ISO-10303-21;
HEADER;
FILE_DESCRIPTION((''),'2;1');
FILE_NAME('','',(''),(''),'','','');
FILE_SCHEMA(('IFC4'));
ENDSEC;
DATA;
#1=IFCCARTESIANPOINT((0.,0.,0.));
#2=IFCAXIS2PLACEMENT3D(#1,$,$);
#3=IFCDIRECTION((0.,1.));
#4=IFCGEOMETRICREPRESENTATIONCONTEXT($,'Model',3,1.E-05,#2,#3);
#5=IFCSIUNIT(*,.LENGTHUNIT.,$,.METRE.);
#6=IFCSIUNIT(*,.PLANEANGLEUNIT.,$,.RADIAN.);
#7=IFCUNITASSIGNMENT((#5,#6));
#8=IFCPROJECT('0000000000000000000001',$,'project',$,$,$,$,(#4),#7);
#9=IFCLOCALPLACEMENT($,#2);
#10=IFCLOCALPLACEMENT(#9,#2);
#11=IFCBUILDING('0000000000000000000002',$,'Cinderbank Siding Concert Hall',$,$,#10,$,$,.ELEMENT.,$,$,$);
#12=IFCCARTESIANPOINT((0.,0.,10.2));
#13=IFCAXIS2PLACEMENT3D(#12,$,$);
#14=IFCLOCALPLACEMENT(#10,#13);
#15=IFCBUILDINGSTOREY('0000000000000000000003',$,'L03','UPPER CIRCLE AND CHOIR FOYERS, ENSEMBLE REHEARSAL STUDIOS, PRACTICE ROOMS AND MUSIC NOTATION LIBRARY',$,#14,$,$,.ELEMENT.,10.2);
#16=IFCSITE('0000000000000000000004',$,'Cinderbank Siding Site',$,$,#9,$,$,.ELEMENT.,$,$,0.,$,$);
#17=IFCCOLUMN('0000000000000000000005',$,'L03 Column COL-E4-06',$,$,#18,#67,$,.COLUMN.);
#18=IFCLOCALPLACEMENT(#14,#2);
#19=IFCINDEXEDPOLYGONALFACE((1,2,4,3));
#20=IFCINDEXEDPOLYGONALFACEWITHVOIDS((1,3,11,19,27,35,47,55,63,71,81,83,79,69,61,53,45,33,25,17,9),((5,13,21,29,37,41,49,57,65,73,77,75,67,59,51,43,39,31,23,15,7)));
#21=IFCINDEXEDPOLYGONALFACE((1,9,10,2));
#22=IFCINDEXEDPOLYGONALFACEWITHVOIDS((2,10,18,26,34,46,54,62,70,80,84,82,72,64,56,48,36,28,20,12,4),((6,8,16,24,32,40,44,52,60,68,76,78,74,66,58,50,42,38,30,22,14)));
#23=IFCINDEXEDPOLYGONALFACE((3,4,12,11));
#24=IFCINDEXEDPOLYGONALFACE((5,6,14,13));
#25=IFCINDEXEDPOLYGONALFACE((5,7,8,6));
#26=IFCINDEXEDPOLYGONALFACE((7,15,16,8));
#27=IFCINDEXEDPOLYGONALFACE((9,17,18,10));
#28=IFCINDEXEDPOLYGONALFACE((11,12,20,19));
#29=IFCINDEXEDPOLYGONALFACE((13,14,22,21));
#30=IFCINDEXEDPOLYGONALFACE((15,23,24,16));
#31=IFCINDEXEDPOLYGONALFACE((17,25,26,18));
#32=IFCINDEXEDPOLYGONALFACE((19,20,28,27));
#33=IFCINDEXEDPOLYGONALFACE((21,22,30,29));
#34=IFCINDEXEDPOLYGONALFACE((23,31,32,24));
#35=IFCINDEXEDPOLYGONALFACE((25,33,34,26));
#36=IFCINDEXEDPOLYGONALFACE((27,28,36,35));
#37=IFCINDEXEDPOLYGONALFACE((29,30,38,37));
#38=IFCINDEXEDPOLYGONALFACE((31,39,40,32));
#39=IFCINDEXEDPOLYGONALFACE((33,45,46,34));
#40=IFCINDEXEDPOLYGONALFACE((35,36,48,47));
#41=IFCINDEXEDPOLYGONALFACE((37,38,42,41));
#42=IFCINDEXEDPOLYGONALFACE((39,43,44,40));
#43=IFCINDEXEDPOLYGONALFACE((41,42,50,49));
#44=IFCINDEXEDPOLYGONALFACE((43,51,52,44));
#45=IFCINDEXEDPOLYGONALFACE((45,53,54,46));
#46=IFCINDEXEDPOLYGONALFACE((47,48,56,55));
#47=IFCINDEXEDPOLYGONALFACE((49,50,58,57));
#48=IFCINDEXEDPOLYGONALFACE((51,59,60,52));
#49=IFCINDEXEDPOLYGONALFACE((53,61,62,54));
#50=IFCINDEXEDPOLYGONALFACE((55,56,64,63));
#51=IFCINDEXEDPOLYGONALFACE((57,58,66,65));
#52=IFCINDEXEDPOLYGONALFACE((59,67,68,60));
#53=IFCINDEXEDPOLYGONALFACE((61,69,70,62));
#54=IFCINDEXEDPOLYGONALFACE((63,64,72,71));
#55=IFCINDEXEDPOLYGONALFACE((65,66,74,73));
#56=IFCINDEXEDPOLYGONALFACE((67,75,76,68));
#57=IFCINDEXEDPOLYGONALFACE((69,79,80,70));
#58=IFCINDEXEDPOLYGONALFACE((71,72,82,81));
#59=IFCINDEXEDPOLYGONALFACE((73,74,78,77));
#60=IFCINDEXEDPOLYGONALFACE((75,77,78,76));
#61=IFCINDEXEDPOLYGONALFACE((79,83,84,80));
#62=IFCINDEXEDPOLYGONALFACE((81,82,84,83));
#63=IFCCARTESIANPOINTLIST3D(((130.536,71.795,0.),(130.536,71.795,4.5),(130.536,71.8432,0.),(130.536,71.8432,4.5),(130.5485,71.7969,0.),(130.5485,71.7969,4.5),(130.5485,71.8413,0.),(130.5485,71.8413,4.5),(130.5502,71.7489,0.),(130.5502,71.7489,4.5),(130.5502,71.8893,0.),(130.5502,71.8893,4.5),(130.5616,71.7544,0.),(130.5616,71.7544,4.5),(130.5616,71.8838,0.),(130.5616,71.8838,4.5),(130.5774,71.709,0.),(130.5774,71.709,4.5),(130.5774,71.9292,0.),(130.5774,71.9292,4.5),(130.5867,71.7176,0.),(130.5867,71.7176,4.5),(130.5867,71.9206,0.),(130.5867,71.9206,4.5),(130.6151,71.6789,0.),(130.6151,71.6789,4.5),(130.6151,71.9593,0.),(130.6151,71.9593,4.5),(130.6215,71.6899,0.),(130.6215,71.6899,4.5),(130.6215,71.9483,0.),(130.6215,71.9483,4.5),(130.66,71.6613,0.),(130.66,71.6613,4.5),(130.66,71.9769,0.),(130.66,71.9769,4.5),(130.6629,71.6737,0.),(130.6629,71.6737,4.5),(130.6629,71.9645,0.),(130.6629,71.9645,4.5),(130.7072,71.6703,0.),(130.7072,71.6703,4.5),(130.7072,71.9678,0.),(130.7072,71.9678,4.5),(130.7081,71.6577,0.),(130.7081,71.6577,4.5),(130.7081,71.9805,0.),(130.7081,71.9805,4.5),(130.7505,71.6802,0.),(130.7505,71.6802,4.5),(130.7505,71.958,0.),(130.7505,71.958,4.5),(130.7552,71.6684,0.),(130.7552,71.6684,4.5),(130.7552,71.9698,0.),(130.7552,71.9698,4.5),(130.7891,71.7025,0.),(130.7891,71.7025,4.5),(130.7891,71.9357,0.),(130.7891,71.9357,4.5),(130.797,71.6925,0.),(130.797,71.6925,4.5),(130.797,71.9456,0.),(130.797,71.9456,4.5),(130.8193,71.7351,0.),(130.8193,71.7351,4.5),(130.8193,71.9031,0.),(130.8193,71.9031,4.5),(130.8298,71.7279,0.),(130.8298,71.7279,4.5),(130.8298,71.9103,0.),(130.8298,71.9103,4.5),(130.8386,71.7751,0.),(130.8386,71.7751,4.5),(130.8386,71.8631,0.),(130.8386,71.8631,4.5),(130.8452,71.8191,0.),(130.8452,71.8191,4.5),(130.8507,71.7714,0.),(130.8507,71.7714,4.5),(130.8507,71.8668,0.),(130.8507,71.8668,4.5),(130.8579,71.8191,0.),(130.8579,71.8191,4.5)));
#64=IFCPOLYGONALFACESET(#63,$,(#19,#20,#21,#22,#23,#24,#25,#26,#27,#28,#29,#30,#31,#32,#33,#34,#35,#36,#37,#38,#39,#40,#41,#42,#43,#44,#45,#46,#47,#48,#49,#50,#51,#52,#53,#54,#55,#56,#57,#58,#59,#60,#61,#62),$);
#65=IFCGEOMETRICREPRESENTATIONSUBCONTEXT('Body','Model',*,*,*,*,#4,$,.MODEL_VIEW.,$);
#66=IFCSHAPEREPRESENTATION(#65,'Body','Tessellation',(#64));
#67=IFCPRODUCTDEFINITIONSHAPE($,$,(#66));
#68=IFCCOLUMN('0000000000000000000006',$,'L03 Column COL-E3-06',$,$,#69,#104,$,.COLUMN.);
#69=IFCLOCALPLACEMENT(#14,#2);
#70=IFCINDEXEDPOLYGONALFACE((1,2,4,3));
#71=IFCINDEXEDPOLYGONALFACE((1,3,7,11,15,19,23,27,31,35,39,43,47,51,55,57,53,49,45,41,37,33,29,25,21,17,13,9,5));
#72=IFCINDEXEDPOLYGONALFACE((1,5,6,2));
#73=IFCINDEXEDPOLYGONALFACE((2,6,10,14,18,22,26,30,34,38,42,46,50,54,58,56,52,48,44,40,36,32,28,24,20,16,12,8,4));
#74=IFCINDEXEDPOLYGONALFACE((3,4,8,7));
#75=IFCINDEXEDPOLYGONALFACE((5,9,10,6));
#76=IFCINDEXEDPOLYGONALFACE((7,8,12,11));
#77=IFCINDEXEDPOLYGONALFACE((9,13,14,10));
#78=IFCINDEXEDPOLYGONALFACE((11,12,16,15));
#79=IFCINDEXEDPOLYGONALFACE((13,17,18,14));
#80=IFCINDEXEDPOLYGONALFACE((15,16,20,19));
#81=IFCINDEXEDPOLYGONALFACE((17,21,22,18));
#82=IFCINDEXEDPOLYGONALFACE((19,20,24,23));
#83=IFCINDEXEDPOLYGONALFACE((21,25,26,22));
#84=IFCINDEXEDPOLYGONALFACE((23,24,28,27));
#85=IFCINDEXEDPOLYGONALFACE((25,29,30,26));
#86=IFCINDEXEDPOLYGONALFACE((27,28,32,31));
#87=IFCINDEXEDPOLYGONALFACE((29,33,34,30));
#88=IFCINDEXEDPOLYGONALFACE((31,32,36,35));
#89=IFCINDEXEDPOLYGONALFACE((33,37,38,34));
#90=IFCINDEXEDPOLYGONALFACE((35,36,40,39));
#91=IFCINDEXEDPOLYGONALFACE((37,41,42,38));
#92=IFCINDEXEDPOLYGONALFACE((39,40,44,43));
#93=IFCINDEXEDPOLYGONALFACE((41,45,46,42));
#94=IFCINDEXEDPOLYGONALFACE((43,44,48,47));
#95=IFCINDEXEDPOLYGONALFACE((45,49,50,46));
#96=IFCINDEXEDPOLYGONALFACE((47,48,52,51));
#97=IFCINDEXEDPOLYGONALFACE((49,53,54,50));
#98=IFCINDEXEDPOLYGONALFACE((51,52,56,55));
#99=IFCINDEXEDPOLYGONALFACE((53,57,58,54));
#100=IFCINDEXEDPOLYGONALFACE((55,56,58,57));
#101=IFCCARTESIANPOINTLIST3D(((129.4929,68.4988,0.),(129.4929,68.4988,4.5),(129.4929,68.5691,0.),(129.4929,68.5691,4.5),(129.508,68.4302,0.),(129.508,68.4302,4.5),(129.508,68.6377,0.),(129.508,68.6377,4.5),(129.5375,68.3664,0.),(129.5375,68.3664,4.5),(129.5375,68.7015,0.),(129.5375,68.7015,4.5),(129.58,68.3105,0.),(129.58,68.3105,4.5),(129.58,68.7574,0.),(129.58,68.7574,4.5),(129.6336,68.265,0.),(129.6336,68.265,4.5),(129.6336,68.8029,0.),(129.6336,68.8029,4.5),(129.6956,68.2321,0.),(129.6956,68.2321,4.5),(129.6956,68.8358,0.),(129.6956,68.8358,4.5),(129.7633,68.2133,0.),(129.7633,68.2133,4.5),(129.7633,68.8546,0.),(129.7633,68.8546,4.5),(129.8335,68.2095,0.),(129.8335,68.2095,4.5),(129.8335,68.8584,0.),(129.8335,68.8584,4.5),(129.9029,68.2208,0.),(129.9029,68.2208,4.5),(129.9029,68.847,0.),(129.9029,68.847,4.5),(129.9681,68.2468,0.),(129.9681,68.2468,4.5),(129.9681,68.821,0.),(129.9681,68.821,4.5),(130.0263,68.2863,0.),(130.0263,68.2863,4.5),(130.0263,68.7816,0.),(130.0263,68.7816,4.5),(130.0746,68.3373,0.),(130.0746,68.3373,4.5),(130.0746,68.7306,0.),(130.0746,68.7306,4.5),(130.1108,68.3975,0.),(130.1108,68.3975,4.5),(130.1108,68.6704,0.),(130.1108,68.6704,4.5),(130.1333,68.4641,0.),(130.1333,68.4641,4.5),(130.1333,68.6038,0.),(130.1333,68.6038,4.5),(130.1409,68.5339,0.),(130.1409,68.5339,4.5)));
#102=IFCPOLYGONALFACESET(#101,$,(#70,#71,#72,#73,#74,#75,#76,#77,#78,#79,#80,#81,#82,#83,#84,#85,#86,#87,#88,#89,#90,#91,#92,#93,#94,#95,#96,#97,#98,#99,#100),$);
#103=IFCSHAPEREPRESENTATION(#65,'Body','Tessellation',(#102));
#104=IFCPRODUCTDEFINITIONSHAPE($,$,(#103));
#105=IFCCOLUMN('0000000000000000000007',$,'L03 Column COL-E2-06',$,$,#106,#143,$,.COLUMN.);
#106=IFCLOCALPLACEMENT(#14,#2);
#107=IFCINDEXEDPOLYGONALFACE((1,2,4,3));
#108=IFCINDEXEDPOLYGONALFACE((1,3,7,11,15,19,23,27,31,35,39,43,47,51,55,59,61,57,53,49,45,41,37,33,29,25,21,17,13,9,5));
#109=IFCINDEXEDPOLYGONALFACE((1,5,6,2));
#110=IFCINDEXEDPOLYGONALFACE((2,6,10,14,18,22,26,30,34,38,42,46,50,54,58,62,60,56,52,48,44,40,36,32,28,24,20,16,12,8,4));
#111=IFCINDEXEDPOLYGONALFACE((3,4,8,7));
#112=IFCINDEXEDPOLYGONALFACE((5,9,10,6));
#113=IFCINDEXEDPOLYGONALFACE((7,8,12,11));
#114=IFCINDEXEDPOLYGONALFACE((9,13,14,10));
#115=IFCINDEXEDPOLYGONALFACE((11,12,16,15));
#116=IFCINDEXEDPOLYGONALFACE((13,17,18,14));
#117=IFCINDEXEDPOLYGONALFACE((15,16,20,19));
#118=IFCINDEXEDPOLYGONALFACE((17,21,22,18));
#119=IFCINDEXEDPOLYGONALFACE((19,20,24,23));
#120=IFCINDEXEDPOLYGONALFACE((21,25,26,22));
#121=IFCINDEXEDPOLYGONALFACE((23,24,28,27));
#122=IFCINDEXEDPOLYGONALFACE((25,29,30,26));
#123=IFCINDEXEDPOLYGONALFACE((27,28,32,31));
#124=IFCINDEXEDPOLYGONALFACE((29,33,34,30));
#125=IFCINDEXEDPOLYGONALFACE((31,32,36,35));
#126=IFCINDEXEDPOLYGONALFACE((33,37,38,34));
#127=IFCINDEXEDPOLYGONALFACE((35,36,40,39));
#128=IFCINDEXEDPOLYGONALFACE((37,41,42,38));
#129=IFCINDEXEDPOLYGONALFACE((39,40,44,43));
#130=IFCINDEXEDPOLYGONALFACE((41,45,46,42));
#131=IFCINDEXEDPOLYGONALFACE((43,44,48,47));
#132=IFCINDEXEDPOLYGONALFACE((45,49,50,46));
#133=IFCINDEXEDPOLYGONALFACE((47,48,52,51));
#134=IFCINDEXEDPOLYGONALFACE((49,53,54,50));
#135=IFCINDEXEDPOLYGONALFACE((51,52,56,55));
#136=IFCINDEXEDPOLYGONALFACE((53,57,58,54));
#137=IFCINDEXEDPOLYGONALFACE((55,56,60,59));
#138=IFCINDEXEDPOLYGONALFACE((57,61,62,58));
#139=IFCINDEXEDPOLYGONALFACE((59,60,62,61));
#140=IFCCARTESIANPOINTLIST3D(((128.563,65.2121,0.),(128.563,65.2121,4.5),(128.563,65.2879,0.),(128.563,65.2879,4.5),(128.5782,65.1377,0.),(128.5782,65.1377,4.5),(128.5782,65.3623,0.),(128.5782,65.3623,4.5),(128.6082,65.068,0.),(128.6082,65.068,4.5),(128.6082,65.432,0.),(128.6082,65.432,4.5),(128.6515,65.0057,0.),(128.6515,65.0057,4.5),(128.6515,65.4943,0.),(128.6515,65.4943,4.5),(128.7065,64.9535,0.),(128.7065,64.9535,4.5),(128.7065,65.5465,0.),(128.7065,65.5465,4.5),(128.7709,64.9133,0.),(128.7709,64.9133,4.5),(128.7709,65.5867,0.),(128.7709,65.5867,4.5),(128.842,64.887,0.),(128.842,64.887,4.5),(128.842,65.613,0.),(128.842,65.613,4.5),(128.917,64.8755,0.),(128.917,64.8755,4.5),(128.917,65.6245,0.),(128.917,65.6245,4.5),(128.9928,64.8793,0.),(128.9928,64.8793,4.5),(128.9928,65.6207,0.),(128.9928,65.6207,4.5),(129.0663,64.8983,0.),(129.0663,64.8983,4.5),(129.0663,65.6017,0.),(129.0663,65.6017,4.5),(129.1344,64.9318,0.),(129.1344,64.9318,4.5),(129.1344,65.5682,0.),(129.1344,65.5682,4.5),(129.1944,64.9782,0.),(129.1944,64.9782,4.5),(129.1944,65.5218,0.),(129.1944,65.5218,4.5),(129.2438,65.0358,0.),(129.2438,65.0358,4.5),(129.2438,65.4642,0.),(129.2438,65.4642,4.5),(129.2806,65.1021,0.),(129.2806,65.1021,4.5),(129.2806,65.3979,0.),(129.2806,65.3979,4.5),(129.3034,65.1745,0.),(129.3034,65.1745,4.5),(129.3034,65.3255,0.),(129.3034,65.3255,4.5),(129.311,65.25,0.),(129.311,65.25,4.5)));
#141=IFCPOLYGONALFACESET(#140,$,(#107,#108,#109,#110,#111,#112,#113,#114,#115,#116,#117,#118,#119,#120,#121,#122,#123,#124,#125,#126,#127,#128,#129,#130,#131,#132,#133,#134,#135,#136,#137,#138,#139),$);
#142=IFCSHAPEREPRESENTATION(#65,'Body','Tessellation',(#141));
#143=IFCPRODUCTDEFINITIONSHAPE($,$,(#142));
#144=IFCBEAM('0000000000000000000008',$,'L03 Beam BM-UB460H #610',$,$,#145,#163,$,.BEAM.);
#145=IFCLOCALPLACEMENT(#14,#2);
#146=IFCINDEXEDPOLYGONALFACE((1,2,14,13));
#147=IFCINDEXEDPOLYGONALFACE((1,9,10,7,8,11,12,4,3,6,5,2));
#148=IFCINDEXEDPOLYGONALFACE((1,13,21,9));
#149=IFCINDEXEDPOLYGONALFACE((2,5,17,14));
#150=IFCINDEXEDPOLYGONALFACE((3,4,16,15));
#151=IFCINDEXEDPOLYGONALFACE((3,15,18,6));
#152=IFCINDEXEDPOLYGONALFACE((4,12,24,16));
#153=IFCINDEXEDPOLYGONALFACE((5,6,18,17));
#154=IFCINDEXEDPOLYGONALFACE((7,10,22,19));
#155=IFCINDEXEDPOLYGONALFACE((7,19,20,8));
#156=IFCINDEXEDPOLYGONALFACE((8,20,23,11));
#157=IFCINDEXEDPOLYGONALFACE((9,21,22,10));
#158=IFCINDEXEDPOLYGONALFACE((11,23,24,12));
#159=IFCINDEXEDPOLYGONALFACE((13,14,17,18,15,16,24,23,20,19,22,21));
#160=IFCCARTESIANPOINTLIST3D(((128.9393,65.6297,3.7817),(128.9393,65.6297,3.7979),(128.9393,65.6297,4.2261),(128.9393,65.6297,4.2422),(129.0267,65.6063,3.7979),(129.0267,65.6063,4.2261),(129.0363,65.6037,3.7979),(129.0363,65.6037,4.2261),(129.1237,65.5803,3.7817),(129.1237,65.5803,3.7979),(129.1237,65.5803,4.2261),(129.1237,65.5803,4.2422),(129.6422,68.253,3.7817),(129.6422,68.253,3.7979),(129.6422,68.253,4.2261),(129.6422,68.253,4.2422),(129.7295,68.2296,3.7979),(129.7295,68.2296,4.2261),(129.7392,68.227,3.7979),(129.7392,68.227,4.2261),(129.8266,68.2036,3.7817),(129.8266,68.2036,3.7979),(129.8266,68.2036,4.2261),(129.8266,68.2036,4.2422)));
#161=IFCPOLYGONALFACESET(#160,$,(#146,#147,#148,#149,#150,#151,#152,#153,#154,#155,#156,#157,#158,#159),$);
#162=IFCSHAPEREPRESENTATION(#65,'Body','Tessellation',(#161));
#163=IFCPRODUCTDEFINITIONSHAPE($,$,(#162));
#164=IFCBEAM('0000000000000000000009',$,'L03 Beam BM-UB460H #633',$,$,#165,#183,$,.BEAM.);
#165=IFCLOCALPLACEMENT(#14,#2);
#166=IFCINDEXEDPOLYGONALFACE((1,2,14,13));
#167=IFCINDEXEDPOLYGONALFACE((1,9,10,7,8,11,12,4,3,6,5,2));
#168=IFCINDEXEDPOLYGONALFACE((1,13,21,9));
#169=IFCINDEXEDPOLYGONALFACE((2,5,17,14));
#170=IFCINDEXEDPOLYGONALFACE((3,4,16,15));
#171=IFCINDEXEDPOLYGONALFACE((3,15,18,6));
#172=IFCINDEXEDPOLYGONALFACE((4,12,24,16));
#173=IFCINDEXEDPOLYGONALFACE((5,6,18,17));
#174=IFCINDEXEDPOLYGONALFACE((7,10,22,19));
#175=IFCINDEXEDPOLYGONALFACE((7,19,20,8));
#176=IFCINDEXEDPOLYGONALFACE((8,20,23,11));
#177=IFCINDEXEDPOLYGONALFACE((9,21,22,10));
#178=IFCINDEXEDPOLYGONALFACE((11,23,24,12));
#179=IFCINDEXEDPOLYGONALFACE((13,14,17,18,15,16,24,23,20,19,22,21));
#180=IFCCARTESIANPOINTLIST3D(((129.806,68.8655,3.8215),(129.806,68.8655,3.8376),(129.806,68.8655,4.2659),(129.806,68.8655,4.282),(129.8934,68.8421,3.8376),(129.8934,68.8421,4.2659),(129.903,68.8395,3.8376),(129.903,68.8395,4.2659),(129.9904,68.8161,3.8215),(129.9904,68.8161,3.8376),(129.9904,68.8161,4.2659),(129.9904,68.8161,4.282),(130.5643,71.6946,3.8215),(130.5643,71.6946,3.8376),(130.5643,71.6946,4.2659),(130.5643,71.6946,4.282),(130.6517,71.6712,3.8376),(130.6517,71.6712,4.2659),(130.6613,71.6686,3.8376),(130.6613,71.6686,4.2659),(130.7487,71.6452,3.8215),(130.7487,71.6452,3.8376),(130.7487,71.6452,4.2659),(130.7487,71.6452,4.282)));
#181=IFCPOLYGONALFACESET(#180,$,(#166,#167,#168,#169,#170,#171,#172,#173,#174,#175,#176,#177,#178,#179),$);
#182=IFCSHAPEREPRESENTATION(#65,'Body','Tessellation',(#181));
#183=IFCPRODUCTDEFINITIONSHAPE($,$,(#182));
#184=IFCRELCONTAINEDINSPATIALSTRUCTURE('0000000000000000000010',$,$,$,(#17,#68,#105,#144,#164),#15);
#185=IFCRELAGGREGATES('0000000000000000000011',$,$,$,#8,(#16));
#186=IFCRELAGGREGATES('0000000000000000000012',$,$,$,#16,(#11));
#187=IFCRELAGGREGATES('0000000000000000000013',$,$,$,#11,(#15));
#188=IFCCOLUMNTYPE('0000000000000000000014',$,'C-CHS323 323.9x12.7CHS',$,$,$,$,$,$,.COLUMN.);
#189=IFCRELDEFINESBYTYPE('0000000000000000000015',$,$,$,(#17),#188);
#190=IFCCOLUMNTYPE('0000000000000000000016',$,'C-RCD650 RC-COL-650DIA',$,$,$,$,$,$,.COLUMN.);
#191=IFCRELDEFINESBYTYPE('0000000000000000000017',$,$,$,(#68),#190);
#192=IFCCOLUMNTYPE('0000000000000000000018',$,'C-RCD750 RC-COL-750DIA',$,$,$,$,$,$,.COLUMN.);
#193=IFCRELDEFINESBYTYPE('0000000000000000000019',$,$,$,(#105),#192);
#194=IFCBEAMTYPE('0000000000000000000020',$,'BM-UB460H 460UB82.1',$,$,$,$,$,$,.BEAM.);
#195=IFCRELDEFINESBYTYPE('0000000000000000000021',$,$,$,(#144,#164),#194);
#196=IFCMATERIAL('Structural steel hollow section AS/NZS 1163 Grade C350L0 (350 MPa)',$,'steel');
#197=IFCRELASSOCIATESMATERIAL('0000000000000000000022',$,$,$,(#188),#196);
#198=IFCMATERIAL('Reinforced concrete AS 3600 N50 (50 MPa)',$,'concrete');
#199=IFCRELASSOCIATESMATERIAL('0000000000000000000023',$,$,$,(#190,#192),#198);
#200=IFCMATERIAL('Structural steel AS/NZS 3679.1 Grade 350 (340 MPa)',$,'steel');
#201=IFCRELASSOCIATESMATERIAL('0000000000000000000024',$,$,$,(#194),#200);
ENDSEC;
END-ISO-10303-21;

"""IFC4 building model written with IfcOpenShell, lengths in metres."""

from ifc_helpers import new_model, si_unit, direction, frame, origin, origin_2d, place, context, subcontext, project, spatial, circle, hollow_circle, i_section, extrude, material, material_profile, profile_set, type_object, element, save


model = new_model("IFC4")

# Units and contexts
model_context = context("Model", 3, precision=1e-05, world=origin(), true_north=direction((0.0, 1.0)))
body_context = subcontext(model_context, "Body", "Model", "MODEL_VIEW")
ifc_project = project(units=[si_unit("LENGTHUNIT", "METRE"), si_unit("PLANEANGLEUNIT", "RADIAN")], contexts=[model_context])

# Site, building, storey
site_placement = place(None, origin())
site = spatial("IfcSite", under=ifc_project, at=site_placement, Name="Cinderbank Siding Site", CompositionType="ELEMENT", RefElevation=0.0)
building_placement = place(site_placement, origin())
building = spatial("IfcBuilding", under=site, at=building_placement, Name="Cinderbank Siding Concert Hall", CompositionType="ELEMENT")
storey_placement = place(building_placement, frame((0.0, 0.0, 10.2)))
storey = spatial("IfcBuildingStorey", under=building, at=storey_placement, Name="L03", Description="UPPER CIRCLE AND CHOIR FOYERS, ENSEMBLE REHEARSAL STUDIOS, PRACTICE ROOMS AND MUSIC NOTATION LIBRARY", CompositionType="ELEMENT", Elevation=10.2)

# Columns
ifc_material_1 = material(Name="Structural steel hollow section AS/NZS 1163 Grade C350L0 (350 MPa)", Category="steel")
ifc_material_profile_1 = material_profile(ifc_material_1, hollow_circle(Radius=0.1619, WallThickness=0.0127, at=origin_2d()), Name="323.9x12.7CHS", Category="LoadBearing")
ifc_profile_set_1 = profile_set([ifc_material_profile_1], Name="Structural steel hollow section AS/NZS 1163 Grade C350L0 (350 MPa)")
column_type_1 = type_object("IfcColumnType", Name="C-CHS323 323.9x12.7CHS", PredefinedType="COLUMN", material=ifc_profile_set_1)
column_1_placement = place(storey_placement, frame((130.696, 71.8191, 0.0), z_axis=(0.0, 0.0, 1.0), x_axis=(1.0, 0.0, 0.0)))
element("IfcColumn", 1, at=column_1_placement, inside=storey, type_object=column_type_1, Name="L03 Column COL-E4-06", PredefinedType="COLUMN", context=body_context, shape_type="SweptSolid", body=[
    extrude(hollow_circle(Radius=0.1619, WallThickness=0.0127, at=origin_2d()), origin(), (0.0, 0.0, 1.0), 4.5),
])
ifc_material_2 = material(Name="Reinforced concrete AS 3600 N50 (50 MPa)", Category="concrete")
ifc_material_profile_2 = material_profile(ifc_material_2, circle(Radius=0.325, at=origin_2d()), Name="RC-COL-650DIA", Category="LoadBearing")
ifc_profile_set_2 = profile_set([ifc_material_profile_2], Name="Reinforced concrete AS 3600 N50 (50 MPa)")
column_type_2 = type_object("IfcColumnType", Name="C-RCD650 RC-COL-650DIA", PredefinedType="COLUMN", material=ifc_profile_set_2)
column_2_placement = place(storey_placement, frame((129.8159, 68.5339, 0.0), z_axis=(0.0, 0.0, 1.0), x_axis=(1.0, 0.0, 0.0)))
element("IfcColumn", 2, at=column_2_placement, inside=storey, type_object=column_type_2, Name="L03 Column COL-E3-06", PredefinedType="COLUMN", context=body_context, shape_type="SweptSolid", body=[
    extrude(circle(Radius=0.325, at=origin_2d()), origin(), (0.0, 0.0, 1.0), 4.5),
])
ifc_material_profile_3 = material_profile(ifc_material_2, circle(Radius=0.375, at=origin_2d()), Name="RC-COL-750DIA", Category="LoadBearing")
ifc_profile_set_3 = profile_set([ifc_material_profile_3], Name="Reinforced concrete AS 3600 N50 (50 MPa)")
column_type_3 = type_object("IfcColumnType", Name="C-RCD750 RC-COL-750DIA", PredefinedType="COLUMN", material=ifc_profile_set_3)
column_3_placement = place(storey_placement, frame((128.936, 65.25, 0.0), z_axis=(0.0, 0.0, 1.0), x_axis=(1.0, 0.0, 0.0)))
element("IfcColumn", 3, at=column_3_placement, inside=storey, type_object=column_type_3, Name="L03 Column COL-E2-06", PredefinedType="COLUMN", context=body_context, shape_type="SweptSolid", body=[
    extrude(circle(Radius=0.375, at=origin_2d()), origin(), (0.0, 0.0, 1.0), 4.5),
])

# Beams
ifc_material_3 = material(Name="Structural steel AS/NZS 3679.1 Grade 350 (340 MPa)", Category="steel")
ifc_material_profile_4 = material_profile(ifc_material_3, i_section(OverallWidth=0.1909, OverallDepth=0.4604, WebThickness=0.01, FlangeThickness=0.0161, at=origin_2d()), Name="460UB82.1", Category="LoadBearing")
ifc_profile_set_4 = profile_set([ifc_material_profile_4], Name="Structural steel AS/NZS 3679.1 Grade 350 (340 MPa)")
beam_type_1 = type_object("IfcBeamType", Name="BM-UB460H 460UB82.1", PredefinedType="BEAM", material=ifc_profile_set_4)
beam_1_placement = place(storey_placement, frame((129.0315, 65.605, 4.012), z_axis=(0.258809, 0.965928, 0.0), x_axis=(-0.965928, 0.258809, 0.0)))
element("IfcBeam", 4, at=beam_1_placement, inside=storey, type_object=beam_type_1, Name="L03 Beam BM-UB460H #610", PredefinedType="BEAM", context=body_context, shape_type="SweptSolid", body=[
    extrude(i_section(OverallWidth=0.1909, OverallDepth=0.4604, WebThickness=0.01, FlangeThickness=0.0161, at=origin_2d()), origin(), (0.0, 0.0, 1.0), 2.7158),
])
beam_2_placement = place(storey_placement, frame((129.8982, 68.8408, 4.0518), z_axis=(0.258897, 0.965905, 0.0), x_axis=(-0.965905, 0.258897, 0.0)))
element("IfcBeam", 5, at=beam_2_placement, inside=storey, type_object=beam_type_1, Name="L03 Beam BM-UB460H #633", PredefinedType="BEAM", context=body_context, shape_type="SweptSolid", body=[
    extrude(i_section(OverallWidth=0.1909, OverallDepth=0.4604, WebThickness=0.01, FlangeThickness=0.0161, at=origin_2d()), origin(), (0.0, 0.0, 1.0), 2.929),
])

save(model, "model.ifc")
